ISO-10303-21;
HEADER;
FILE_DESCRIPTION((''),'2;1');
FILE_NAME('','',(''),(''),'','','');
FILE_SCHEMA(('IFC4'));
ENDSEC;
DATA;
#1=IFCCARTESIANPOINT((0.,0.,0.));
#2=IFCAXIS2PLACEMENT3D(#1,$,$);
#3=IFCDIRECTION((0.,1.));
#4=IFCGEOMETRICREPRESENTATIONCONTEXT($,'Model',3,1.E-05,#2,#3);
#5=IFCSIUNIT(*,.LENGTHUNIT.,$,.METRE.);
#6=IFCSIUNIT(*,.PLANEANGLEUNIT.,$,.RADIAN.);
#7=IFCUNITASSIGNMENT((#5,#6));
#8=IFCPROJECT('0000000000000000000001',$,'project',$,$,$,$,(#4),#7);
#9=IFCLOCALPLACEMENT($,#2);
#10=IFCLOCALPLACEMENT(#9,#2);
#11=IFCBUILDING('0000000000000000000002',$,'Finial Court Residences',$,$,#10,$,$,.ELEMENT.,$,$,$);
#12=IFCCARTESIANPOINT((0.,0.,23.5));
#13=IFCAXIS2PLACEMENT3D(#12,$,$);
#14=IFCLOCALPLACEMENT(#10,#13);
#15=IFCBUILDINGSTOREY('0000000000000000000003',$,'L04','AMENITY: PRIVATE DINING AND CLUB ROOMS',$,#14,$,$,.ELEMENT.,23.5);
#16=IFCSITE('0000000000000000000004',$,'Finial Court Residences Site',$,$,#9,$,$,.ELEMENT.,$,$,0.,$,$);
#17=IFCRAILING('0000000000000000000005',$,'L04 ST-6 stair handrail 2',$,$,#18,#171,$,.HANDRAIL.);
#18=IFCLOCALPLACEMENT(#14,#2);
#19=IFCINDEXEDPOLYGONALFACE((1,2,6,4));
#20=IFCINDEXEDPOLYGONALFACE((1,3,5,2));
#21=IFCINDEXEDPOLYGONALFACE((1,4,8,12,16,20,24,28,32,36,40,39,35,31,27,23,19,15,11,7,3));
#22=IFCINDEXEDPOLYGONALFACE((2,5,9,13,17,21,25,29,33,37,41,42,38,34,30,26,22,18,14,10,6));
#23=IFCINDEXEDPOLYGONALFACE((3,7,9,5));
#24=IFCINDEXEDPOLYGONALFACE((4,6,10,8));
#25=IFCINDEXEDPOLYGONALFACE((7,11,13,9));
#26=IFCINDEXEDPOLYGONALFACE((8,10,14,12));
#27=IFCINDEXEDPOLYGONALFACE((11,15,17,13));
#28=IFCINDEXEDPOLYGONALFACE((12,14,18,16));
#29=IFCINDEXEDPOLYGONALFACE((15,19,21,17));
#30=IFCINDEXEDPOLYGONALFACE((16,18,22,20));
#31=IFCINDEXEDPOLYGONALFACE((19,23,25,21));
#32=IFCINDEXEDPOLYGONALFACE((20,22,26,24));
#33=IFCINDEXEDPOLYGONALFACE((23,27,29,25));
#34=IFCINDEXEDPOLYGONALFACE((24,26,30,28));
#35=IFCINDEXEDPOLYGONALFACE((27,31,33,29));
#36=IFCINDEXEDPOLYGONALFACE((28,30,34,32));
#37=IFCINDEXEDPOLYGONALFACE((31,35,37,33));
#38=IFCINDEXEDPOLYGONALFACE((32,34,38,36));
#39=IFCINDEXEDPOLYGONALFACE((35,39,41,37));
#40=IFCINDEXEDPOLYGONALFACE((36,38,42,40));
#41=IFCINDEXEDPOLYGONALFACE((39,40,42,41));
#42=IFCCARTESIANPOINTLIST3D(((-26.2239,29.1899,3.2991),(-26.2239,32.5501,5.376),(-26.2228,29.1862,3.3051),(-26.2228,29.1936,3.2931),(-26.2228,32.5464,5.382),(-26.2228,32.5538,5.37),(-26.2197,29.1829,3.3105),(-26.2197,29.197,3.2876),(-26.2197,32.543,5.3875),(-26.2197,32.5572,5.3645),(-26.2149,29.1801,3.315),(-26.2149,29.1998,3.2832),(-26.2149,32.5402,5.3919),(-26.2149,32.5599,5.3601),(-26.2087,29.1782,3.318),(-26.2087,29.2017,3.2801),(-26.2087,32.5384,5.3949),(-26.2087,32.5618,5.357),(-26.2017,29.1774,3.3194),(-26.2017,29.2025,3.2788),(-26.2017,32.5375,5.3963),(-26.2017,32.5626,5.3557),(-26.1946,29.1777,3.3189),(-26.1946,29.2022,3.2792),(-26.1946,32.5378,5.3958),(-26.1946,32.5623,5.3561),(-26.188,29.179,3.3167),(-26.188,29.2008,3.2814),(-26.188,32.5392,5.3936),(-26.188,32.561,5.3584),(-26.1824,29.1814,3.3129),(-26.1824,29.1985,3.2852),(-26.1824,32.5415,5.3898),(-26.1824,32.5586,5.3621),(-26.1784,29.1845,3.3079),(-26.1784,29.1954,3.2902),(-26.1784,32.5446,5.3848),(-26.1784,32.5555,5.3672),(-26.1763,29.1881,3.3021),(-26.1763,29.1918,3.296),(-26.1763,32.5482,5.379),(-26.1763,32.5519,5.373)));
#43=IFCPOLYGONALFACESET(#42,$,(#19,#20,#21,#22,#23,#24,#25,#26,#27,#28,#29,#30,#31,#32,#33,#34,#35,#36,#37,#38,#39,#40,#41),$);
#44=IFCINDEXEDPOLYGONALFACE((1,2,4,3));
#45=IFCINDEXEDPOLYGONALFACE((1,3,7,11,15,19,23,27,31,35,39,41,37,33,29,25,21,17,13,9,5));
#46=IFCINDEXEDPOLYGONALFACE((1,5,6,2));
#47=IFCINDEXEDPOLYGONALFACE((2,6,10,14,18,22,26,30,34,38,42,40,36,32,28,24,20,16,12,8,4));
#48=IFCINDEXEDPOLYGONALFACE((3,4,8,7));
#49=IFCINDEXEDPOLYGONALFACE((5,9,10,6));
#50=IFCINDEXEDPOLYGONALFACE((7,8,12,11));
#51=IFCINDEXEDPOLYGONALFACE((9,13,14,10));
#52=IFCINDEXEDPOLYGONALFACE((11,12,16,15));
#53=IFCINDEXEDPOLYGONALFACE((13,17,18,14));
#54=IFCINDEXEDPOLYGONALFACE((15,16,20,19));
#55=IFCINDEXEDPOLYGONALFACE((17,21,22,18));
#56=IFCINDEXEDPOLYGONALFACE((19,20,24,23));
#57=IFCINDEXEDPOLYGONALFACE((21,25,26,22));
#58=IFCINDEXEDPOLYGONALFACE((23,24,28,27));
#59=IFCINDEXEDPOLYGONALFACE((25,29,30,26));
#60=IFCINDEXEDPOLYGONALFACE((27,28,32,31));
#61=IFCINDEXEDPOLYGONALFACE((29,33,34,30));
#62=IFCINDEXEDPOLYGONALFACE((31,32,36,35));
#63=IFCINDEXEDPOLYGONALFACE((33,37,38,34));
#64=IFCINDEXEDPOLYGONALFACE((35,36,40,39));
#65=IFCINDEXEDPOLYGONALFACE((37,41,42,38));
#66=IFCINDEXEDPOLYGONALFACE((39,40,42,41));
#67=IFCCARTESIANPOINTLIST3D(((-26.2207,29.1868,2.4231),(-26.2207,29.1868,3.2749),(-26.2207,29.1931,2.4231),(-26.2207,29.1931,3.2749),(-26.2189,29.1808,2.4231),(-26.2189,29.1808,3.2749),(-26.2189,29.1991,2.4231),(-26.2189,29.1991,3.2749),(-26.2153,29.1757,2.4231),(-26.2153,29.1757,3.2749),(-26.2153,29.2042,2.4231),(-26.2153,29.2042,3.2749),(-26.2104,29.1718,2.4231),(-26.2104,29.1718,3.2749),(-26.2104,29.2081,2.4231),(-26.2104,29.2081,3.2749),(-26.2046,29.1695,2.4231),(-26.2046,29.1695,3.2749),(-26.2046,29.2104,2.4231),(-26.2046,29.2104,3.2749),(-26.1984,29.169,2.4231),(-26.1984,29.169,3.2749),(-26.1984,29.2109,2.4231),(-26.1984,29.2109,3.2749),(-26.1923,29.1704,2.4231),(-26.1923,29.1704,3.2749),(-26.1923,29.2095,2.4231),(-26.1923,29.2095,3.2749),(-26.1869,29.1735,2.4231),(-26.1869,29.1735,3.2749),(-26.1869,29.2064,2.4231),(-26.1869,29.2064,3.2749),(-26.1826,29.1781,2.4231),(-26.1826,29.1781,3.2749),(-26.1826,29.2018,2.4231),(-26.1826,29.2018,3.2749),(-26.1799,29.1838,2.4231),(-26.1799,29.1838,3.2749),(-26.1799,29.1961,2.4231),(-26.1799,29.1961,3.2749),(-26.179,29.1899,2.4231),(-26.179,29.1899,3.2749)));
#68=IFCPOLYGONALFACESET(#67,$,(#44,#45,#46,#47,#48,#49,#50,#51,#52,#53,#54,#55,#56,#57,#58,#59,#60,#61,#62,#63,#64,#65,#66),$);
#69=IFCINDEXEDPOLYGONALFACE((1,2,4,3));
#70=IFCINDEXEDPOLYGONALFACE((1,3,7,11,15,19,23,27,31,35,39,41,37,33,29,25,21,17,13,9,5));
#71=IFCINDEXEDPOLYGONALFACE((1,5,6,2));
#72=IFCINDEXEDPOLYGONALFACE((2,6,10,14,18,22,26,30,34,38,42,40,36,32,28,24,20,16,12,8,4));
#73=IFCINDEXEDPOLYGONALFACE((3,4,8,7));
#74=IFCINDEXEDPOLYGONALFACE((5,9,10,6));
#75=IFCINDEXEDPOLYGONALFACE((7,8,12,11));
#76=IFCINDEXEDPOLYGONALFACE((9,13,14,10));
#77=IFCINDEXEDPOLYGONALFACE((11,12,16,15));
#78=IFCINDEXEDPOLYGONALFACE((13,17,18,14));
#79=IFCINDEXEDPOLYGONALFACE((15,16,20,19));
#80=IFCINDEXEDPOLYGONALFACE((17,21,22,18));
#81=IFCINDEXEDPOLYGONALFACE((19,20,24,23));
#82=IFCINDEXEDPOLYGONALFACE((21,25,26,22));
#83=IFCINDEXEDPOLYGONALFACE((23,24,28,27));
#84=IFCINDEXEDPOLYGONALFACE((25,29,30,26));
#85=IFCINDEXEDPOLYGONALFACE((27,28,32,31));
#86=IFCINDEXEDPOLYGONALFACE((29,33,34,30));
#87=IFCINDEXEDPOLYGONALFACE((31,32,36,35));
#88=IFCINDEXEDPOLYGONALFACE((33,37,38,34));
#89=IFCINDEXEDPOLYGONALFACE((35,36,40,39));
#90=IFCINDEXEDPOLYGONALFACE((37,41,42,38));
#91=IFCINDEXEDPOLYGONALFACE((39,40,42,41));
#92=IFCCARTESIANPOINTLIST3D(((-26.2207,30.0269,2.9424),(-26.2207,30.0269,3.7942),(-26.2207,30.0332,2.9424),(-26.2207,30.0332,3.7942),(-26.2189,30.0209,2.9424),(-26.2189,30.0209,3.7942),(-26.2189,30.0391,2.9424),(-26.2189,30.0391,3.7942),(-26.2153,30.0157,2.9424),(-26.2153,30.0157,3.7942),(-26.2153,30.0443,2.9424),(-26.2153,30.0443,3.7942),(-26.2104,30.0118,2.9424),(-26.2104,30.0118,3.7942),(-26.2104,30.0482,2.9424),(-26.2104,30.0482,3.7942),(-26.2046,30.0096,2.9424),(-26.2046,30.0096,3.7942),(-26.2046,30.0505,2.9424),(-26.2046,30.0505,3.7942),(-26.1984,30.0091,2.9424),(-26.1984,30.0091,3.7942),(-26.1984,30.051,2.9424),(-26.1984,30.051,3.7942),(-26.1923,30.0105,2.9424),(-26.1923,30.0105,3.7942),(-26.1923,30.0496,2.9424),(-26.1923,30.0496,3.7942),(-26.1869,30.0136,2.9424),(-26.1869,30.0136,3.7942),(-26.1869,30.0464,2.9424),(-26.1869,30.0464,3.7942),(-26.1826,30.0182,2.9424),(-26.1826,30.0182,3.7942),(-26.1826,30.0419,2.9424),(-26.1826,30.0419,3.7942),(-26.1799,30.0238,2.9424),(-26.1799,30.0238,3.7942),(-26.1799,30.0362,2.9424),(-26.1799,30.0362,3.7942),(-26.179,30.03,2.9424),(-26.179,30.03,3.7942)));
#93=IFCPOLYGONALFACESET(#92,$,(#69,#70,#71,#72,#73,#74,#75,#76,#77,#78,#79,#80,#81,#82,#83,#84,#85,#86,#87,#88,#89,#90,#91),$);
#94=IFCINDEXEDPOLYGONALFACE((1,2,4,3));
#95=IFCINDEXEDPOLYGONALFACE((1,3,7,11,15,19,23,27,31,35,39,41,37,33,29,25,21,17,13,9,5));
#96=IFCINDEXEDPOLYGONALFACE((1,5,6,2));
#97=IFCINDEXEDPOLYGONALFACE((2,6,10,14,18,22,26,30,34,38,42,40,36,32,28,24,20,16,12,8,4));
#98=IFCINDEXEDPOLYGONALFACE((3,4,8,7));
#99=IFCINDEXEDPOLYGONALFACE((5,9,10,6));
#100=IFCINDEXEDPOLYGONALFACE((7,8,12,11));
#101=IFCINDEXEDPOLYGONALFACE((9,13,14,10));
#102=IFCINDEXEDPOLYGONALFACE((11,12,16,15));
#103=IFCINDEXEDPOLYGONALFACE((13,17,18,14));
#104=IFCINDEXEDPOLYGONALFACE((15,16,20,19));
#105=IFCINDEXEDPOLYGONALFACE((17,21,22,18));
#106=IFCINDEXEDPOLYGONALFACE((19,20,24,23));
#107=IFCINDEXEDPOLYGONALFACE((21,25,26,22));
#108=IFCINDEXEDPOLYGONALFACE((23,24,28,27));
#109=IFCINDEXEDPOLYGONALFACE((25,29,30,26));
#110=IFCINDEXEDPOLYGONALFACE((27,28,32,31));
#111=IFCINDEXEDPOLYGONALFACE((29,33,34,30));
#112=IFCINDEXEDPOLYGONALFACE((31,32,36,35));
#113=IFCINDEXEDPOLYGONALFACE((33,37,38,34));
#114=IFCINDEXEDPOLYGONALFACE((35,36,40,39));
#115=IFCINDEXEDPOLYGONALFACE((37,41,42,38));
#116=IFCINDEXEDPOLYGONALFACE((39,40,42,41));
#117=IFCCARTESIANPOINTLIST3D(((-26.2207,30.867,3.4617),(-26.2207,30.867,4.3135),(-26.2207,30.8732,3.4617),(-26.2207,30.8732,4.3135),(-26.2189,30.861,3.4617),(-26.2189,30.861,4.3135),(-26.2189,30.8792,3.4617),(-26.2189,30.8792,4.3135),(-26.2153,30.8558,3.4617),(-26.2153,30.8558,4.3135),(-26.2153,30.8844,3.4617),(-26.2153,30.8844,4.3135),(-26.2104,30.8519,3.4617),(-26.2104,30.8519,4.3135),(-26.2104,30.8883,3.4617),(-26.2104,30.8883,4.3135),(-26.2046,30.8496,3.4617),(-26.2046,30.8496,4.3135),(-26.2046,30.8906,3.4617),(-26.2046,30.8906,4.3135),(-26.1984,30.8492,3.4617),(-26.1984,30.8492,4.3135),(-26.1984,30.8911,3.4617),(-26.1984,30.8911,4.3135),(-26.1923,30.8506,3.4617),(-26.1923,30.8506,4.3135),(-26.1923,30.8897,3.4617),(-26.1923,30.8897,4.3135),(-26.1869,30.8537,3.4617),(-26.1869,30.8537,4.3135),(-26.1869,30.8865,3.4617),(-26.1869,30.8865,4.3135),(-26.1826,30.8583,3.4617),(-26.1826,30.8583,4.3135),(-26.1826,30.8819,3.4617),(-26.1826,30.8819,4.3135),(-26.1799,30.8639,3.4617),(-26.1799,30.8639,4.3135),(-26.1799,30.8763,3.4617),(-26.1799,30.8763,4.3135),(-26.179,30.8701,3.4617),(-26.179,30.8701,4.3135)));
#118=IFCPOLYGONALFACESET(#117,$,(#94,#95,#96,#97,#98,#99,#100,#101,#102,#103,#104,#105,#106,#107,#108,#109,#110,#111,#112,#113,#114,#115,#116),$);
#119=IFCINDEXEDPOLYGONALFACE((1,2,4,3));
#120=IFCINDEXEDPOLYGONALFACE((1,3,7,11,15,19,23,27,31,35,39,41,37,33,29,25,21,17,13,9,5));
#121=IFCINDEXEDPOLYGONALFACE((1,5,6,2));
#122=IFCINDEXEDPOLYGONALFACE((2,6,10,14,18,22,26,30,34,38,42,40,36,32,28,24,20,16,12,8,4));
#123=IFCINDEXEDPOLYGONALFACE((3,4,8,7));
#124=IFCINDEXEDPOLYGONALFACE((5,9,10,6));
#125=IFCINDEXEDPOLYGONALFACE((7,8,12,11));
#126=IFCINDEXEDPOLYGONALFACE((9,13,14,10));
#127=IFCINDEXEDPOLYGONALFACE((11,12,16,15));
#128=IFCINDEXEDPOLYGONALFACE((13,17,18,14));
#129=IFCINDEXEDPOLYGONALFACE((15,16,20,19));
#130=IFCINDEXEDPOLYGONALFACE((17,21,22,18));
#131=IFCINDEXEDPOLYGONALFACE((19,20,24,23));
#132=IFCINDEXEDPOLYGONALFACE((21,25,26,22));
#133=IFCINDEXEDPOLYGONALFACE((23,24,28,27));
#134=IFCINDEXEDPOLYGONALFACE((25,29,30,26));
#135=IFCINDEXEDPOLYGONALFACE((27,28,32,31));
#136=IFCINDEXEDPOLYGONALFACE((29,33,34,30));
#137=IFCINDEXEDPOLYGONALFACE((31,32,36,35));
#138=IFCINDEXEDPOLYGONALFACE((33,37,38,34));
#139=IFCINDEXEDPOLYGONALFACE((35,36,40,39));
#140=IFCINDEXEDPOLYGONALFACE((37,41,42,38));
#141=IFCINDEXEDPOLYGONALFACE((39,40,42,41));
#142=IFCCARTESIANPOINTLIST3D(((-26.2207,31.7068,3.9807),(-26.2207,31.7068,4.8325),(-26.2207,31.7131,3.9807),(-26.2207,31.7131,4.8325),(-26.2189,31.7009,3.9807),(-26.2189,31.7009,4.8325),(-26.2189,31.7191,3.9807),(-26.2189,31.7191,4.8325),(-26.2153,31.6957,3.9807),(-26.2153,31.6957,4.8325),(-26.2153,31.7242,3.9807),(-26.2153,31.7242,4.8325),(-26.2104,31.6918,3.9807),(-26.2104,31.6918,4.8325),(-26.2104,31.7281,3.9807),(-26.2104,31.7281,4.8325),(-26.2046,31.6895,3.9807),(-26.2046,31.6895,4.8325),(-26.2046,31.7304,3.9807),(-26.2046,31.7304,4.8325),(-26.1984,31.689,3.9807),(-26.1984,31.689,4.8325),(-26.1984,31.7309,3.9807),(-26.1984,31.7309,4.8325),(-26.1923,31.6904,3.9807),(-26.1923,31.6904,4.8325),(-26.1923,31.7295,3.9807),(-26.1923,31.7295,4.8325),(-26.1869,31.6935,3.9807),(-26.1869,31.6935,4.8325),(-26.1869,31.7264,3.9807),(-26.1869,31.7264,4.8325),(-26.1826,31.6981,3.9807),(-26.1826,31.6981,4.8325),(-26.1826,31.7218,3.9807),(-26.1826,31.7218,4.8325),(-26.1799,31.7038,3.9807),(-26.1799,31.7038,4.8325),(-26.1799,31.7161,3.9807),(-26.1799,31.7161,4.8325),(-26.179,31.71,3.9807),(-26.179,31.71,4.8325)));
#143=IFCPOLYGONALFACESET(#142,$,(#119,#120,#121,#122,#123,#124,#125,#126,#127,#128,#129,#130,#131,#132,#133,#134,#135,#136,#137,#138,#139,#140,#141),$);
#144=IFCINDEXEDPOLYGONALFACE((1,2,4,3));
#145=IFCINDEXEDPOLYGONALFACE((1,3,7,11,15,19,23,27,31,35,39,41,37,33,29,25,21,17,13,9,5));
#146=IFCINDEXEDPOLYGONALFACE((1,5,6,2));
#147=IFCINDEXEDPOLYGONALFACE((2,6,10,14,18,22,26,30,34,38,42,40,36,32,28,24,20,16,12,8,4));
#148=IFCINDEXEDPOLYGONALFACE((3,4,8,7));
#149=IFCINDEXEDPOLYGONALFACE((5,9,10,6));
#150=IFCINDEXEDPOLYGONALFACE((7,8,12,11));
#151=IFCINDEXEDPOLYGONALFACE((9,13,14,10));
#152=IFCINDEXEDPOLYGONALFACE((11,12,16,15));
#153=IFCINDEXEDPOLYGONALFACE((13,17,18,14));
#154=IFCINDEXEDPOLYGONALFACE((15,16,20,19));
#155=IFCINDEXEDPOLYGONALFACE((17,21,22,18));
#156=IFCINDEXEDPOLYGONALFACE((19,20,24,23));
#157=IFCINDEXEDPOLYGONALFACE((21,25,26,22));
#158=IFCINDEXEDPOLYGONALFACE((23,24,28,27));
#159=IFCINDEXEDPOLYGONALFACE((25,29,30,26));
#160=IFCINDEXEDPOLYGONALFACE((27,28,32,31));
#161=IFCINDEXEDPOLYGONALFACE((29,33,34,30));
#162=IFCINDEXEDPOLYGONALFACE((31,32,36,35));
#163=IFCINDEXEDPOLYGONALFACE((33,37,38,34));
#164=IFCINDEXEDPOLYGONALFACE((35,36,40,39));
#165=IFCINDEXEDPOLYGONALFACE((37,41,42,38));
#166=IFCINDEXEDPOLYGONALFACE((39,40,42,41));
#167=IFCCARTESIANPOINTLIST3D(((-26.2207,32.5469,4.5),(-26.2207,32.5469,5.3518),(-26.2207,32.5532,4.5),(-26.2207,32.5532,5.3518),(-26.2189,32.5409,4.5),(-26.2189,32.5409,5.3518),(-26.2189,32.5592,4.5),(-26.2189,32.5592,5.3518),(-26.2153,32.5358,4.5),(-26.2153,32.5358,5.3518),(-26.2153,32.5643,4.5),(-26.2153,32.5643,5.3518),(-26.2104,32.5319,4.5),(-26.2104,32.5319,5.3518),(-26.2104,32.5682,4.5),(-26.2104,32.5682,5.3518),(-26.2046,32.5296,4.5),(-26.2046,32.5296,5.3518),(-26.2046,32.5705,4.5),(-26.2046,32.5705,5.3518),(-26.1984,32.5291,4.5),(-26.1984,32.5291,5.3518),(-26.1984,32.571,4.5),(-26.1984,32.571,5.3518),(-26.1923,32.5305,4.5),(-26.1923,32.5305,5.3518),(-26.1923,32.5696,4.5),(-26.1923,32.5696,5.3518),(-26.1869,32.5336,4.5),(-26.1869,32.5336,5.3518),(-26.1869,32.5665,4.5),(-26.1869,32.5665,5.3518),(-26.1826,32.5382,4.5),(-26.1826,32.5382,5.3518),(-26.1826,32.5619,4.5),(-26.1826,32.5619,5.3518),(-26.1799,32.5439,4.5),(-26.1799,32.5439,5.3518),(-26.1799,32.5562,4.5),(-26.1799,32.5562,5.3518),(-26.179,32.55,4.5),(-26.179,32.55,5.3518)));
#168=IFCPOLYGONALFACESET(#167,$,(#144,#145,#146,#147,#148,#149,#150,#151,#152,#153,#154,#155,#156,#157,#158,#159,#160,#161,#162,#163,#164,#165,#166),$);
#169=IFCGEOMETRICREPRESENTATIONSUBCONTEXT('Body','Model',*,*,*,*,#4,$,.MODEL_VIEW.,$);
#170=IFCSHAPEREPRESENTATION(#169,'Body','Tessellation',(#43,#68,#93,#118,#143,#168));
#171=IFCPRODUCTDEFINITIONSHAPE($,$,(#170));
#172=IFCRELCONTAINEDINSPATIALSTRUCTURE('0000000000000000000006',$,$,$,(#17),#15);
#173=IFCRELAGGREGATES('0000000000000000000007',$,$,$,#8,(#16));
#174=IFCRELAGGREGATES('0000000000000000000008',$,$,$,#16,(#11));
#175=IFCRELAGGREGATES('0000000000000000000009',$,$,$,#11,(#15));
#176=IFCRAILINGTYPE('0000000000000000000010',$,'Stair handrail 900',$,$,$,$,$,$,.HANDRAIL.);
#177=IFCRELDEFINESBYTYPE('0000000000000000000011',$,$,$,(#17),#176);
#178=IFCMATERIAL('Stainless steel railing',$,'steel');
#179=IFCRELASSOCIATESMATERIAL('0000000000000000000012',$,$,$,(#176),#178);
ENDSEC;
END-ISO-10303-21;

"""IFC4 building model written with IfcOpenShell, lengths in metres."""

from ifc_helpers import new_model, si_unit, direction, frame, origin, origin_2d, place, context, subcontext, project, spatial, circle, extrude, material, type_object, element, save


model = new_model("IFC4")

# Units and contexts
model_context = context("Model", 3, precision=1e-05, world=origin(), true_north=direction((0.0, 1.0)))
body_context = subcontext(model_context, "Body", "Model", "MODEL_VIEW")
ifc_project = project(units=[si_unit("LENGTHUNIT", "METRE"), si_unit("PLANEANGLEUNIT", "RADIAN")], contexts=[model_context])

# Site, building, storey
site_placement = place(None, origin())
site = spatial("IfcSite", under=ifc_project, at=site_placement, Name="Finial Court Residences Site", CompositionType="ELEMENT", RefElevation=0.0)
building_placement = place(site_placement, origin())
building = spatial("IfcBuilding", under=site, at=building_placement, Name="Finial Court Residences", CompositionType="ELEMENT")
storey_placement = place(building_placement, frame((0.0, 0.0, 23.5)))
storey = spatial("IfcBuildingStorey", under=building, at=storey_placement, Name="L04", Description="AMENITY: PRIVATE DINING AND CLUB ROOMS", CompositionType="ELEMENT", Elevation=23.5)

# Railing
ifc_material_1 = material(Name="Stainless steel railing", Category="steel")
railing_type_1 = type_object("IfcRailingType", Name="Stair handrail 900", PredefinedType="HANDRAIL", material=ifc_material_1)
railing_1_placement = place(storey_placement, frame((-26.2, 29.1899, 2.4231)))
element("IfcRailing", 1, at=railing_1_placement, inside=storey, type_object=railing_type_1, Name="L04 ST-6 stair handrail 2", PredefinedType="HANDRAIL", context=body_context, shape_type="SweptSolid", body=[
    extrude(circle(Radius=0.0239, at=origin_2d()), frame((0.0, 0.0, 0.876), z_axis=(0.0, 0.850623, 0.525776), x_axis=(-1.0, 0.0, 0.0)), (0.0, 0.0, 1.0), 3.9502),
    extrude(circle(Radius=0.021, at=origin_2d()), origin(), (0.0, 0.0, 1.0), 0.8518),
    extrude(circle(Radius=0.021, at=origin_2d()), frame((0.0, 0.8401, 0.5193)), (0.0, 0.0, 1.0), 0.8518),
    extrude(circle(Radius=0.021, at=origin_2d()), frame((0.0, 1.6802, 1.0386)), (0.0, 0.0, 1.0), 0.8518),
    extrude(circle(Radius=0.021, at=origin_2d()), frame((0.0, 2.52, 1.5576)), (0.0, 0.0, 1.0), 0.8518),
    extrude(circle(Radius=0.021, at=origin_2d()), frame((0.0, 3.3601, 2.0769)), (0.0, 0.0, 1.0), 0.8518),
])

save(model, "model.ifc")
